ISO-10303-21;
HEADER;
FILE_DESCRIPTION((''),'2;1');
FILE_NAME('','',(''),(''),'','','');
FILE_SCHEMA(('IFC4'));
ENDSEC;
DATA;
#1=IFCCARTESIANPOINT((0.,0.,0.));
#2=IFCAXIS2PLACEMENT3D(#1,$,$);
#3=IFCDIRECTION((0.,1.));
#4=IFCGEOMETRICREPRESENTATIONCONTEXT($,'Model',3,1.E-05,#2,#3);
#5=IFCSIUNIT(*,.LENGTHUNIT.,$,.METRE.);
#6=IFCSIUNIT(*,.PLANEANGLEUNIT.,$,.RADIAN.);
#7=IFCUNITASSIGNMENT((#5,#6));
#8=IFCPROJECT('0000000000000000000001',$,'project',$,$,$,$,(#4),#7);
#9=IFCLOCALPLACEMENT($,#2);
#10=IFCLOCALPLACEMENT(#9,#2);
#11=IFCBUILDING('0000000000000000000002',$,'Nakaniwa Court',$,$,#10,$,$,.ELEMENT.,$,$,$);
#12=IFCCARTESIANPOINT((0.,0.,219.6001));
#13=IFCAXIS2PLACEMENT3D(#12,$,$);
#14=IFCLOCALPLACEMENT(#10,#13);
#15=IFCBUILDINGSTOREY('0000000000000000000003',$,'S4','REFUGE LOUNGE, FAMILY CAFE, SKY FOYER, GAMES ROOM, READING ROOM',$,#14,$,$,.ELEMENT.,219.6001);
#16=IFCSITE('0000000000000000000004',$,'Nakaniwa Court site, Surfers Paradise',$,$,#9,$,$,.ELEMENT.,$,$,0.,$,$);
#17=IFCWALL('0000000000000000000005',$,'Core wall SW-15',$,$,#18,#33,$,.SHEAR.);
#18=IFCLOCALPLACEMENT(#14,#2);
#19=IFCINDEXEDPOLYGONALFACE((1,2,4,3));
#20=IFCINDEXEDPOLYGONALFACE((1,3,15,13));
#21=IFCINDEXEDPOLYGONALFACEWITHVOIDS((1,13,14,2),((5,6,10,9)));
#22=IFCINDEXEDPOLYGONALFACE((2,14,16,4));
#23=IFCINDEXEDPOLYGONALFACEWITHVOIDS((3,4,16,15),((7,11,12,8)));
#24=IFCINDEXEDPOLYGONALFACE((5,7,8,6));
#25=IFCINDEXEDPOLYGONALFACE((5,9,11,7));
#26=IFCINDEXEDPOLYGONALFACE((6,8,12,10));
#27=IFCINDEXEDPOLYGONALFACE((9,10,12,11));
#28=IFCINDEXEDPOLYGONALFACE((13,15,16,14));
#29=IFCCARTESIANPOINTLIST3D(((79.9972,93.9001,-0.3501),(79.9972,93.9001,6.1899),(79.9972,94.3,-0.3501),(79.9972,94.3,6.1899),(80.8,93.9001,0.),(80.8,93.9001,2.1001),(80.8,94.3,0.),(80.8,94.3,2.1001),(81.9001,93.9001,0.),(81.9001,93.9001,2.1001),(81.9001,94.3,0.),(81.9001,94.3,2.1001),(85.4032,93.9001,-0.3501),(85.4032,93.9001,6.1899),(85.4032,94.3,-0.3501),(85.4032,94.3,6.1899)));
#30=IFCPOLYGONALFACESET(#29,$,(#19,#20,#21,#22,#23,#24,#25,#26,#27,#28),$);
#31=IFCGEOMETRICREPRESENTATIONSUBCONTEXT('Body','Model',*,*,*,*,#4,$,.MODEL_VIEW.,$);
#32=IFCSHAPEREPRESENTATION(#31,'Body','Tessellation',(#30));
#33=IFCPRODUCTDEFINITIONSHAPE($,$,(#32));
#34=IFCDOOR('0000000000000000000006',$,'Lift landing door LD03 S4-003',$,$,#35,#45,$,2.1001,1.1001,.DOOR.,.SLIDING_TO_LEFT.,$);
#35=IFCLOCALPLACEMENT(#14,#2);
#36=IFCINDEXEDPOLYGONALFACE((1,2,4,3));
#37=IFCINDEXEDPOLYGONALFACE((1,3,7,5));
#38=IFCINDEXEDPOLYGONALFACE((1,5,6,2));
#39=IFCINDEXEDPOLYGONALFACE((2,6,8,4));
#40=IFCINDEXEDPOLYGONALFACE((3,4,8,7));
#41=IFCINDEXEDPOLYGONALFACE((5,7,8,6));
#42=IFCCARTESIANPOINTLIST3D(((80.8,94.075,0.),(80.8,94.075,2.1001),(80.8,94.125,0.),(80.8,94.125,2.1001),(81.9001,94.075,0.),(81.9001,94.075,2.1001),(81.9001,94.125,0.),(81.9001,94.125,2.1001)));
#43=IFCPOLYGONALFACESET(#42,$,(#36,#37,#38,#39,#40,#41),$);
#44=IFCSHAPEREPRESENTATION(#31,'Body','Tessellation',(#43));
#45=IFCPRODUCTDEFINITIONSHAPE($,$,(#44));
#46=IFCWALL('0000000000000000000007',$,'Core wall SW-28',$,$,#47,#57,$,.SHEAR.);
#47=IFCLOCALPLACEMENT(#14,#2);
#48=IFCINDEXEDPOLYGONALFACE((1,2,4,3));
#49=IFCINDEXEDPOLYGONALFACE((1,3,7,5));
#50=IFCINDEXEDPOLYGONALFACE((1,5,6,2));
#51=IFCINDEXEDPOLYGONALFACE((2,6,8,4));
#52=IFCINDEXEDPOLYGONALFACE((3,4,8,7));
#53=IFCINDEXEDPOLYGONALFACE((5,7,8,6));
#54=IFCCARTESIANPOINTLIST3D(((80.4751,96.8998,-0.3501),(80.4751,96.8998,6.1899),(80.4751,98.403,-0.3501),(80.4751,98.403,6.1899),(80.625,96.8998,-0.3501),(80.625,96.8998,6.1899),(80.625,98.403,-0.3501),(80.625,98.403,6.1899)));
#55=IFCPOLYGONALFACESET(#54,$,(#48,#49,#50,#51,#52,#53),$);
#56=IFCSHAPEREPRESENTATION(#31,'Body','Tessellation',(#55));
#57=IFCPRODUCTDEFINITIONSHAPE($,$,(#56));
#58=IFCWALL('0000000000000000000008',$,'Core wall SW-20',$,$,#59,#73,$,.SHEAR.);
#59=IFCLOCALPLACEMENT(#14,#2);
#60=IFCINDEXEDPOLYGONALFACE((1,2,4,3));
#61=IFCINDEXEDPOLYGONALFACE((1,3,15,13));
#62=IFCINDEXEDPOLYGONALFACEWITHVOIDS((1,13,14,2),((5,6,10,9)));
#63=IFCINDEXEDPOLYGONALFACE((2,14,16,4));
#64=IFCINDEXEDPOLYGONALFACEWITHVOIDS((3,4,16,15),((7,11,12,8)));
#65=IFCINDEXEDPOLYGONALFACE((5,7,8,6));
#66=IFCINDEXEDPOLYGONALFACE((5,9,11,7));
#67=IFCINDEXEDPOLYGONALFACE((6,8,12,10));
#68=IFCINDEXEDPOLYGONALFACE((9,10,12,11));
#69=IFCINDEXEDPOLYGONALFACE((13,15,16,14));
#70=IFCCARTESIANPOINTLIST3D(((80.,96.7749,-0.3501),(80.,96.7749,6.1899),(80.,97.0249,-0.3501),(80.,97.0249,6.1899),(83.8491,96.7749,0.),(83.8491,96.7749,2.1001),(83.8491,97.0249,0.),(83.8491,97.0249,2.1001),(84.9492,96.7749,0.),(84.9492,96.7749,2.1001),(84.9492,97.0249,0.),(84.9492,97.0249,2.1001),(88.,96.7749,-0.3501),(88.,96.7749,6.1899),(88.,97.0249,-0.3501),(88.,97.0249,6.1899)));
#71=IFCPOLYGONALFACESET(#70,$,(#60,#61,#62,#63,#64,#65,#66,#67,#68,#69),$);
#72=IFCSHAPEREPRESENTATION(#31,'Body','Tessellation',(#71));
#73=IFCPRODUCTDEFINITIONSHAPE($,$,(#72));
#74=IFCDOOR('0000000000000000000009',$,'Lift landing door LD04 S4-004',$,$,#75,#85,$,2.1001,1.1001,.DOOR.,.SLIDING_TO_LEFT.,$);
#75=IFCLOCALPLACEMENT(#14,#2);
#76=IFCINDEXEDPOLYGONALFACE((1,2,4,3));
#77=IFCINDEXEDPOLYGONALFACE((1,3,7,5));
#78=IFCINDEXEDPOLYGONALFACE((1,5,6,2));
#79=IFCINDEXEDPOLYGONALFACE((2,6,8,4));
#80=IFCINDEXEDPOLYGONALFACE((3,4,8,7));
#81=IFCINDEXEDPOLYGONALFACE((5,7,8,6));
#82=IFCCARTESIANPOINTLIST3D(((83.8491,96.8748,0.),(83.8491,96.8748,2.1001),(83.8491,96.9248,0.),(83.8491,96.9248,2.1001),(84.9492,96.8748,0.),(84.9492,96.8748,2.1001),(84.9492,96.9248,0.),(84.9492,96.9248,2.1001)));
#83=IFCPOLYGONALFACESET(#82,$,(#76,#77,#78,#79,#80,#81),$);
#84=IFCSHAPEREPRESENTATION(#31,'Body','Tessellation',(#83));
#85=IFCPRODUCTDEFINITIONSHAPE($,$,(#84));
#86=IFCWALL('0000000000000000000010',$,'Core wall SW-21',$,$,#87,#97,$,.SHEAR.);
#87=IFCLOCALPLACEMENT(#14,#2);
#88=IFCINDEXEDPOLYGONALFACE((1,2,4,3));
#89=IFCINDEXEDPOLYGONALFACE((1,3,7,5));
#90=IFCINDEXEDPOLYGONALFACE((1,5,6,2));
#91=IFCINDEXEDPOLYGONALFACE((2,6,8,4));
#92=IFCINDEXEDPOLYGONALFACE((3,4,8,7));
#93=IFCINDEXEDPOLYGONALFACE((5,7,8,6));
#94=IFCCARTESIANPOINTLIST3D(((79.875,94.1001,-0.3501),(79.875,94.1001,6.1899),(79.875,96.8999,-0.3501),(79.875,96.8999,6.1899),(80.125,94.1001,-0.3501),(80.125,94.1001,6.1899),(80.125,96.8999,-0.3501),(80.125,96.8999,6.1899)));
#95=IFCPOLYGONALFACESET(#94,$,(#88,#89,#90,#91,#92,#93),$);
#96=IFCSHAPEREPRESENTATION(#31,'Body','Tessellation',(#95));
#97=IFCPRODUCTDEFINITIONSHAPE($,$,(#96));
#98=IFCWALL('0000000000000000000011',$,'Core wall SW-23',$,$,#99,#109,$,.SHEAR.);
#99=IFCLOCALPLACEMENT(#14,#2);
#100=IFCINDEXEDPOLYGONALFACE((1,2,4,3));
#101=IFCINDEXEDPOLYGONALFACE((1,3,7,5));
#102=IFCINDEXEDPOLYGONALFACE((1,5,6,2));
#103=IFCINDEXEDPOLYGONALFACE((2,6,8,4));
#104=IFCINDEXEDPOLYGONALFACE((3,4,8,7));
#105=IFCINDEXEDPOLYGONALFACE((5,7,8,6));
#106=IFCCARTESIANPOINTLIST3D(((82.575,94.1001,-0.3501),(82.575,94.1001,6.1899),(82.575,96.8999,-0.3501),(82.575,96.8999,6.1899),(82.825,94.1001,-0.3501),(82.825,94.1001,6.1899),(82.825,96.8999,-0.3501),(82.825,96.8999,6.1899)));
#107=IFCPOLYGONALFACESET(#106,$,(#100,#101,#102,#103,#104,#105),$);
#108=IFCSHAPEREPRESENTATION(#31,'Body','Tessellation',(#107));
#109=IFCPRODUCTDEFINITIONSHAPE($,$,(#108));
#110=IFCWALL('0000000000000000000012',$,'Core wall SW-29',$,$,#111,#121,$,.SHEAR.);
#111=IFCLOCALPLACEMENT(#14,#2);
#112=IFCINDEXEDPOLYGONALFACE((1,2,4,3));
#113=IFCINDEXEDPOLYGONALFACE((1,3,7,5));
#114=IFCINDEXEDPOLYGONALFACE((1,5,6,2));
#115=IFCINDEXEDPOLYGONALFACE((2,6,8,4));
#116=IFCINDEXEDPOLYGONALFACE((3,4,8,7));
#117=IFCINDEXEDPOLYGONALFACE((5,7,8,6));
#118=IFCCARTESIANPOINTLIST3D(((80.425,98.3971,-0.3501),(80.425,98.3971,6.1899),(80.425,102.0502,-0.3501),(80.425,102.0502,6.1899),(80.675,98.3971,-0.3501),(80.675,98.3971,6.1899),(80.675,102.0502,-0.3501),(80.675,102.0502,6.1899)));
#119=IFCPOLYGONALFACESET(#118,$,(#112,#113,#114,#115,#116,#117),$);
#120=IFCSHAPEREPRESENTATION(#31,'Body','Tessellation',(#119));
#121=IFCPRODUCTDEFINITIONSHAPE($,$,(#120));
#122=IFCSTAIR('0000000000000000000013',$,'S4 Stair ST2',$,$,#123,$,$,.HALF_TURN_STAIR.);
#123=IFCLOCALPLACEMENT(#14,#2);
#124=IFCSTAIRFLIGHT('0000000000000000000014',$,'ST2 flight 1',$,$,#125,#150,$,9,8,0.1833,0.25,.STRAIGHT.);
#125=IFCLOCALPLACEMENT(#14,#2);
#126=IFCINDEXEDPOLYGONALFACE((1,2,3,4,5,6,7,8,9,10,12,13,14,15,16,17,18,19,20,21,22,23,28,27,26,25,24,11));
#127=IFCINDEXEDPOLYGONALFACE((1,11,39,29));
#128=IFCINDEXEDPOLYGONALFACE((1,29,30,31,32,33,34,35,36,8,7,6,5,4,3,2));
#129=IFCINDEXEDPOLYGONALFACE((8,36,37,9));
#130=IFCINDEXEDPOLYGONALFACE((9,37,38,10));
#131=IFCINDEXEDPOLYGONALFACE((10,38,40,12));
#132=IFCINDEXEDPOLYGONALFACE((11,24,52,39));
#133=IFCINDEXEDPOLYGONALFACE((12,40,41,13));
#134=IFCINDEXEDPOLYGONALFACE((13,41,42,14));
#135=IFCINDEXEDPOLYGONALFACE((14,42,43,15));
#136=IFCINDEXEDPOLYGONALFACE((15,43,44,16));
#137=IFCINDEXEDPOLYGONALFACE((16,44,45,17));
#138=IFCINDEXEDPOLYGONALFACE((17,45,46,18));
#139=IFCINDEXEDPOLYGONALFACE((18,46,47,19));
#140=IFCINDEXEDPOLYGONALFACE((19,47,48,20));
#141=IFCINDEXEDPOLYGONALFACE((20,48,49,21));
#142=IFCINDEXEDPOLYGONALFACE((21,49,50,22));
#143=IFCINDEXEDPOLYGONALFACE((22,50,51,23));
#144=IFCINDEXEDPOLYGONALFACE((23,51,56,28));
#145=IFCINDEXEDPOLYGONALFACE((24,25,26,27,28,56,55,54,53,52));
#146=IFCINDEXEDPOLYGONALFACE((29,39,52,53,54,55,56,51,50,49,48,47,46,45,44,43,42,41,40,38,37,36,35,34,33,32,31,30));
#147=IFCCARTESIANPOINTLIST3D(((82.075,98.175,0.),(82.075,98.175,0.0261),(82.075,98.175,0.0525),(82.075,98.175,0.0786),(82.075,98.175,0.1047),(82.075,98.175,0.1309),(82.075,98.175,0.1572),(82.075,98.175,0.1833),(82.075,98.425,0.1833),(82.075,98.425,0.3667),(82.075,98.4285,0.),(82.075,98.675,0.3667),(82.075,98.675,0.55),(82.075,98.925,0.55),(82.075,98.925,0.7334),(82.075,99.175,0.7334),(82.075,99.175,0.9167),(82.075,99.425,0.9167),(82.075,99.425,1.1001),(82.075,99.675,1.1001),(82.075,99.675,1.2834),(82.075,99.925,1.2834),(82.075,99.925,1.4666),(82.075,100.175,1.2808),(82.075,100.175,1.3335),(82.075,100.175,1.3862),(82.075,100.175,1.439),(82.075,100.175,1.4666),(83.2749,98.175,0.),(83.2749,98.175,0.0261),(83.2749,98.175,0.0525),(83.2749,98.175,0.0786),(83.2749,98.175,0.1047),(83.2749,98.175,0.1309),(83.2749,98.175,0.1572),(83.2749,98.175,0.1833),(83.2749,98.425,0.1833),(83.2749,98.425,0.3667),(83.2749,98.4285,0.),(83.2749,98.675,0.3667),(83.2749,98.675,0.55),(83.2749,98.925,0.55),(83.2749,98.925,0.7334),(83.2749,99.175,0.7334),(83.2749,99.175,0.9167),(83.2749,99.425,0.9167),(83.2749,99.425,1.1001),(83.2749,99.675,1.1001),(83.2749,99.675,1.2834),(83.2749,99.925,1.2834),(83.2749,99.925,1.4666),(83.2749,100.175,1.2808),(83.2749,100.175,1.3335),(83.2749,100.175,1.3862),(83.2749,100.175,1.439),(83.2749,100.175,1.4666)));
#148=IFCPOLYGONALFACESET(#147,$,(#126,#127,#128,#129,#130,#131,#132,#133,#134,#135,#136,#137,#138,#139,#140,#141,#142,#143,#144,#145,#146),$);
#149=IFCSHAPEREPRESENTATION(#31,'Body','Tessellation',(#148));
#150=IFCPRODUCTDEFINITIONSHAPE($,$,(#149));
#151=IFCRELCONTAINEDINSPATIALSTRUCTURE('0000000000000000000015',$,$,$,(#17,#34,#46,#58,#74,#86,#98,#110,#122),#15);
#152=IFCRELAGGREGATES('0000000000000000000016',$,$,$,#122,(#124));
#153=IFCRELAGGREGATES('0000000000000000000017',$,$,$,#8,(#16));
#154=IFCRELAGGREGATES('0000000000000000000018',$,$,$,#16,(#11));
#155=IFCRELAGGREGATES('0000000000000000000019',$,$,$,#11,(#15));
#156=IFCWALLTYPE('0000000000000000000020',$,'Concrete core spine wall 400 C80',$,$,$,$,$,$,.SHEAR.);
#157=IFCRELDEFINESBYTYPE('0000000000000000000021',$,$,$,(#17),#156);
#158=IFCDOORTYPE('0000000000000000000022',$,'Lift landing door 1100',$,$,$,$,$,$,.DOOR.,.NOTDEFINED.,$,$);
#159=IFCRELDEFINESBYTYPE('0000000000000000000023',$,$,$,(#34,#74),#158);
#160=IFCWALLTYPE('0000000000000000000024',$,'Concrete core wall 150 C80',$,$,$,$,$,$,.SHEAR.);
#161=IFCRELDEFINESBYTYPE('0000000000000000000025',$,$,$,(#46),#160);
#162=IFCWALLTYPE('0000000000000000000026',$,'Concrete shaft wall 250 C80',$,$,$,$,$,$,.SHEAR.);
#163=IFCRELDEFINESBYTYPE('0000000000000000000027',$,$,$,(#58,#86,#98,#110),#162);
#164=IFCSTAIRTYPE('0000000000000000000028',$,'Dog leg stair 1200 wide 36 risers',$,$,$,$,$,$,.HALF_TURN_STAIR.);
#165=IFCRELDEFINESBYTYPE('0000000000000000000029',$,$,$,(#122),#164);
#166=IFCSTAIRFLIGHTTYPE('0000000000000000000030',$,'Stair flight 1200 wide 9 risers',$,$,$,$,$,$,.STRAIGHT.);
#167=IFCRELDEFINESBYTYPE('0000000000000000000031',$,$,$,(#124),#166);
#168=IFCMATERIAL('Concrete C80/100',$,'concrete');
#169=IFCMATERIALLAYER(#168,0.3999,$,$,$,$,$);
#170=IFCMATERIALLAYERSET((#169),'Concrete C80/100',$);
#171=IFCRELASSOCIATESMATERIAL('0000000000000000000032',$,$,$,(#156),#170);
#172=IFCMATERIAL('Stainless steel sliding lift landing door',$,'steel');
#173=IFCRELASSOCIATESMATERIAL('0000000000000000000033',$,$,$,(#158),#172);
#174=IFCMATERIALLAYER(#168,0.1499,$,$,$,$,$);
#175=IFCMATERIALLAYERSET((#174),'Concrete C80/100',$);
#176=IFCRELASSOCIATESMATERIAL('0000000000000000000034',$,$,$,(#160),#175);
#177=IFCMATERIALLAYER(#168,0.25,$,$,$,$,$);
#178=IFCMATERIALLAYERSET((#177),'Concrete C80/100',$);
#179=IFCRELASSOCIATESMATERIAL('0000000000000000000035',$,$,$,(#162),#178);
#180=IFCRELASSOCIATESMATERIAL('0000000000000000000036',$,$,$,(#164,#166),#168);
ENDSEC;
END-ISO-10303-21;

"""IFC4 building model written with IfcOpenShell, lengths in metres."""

from ifc_helpers import new_model, si_unit, direction, frame, frame_2d, origin, place, context, subcontext, project, spatial, polyline, rectangle, outline, extrude, material, layer, layer_set, type_object, element, fill, aggregate, save


model = new_model("IFC4")

# Units and contexts
model_context = context("Model", 3, precision=1e-05, world=origin(), true_north=direction((0.0, 1.0)))
body_context = subcontext(model_context, "Body", "Model", "MODEL_VIEW")
ifc_project = project(units=[si_unit("LENGTHUNIT", "METRE"), si_unit("PLANEANGLEUNIT", "RADIAN")], contexts=[model_context])

# Site, building, storey
site_placement = place(None, origin())
site = spatial("IfcSite", under=ifc_project, at=site_placement, Name="Nakaniwa Court site, Surfers Paradise", CompositionType="ELEMENT", RefElevation=0.0)
building_placement = place(site_placement, origin())
building = spatial("IfcBuilding", under=site, at=building_placement, Name="Nakaniwa Court", CompositionType="ELEMENT")
storey_placement = place(building_placement, frame((0.0, 0.0, 219.6001)))
storey = spatial("IfcBuildingStorey", under=building, at=storey_placement, Name="S4", Description="REFUGE LOUNGE, FAMILY CAFE, SKY FOYER, GAMES ROOM, READING ROOM", CompositionType="ELEMENT", Elevation=219.6001)

# Wall, opening, door
ifc_material_1 = material(Name="Concrete C80/100", Category="concrete")
ifc_layer_1 = layer(ifc_material_1, 0.3999)
ifc_layer_set_1 = layer_set([ifc_layer_1], Name="Concrete C80/100")
wall_type_1 = type_object("IfcWallType", Name="Concrete core spine wall 400 C80", PredefinedType="SHEAR", material=ifc_layer_set_1)
wall_1_placement = place(storey_placement, frame((79.9971, 94.1001, -0.3501), z_axis=(0.0, 0.0, 1.0), x_axis=(1.0, 0.0, 0.0)))
wall_1 = element("IfcWall", 1, at=wall_1_placement, inside=storey, type_object=wall_type_1, Name="Core wall SW-15", PredefinedType="SHEAR", context=body_context, shape_type="SweptSolid", body=[
    extrude(rectangle(XDim=5.406, YDim=0.3999, at=frame_2d((2.7031, 0.0))), origin(), (0.0, 0.0, 1.0), 6.54),
])
opening_1_placement = place(wall_1_placement, frame((0.803, 0.0, 0.3501)))
opening_1 = element("IfcOpeningElement", 2, at=opening_1_placement, cuts=wall_1, PredefinedType="OPENING", context=body_context, shape_type="SweptSolid", body=[
    extrude(rectangle(XDim=1.1001, YDim=2.1001, at=frame_2d((0.55, 1.05))), frame((0.0, 0.21, 0.0), z_axis=(0.0, -1.0, 0.0), x_axis=(1.0, 0.0, 0.0)), (0.0, 0.0, 1.0), 0.4199),
])
ifc_material_2 = material(Name="Stainless steel sliding lift landing door", Category="steel")
door_type = type_object("IfcDoorType", Name="Lift landing door 1100", OperationType="NOTDEFINED", PredefinedType="DOOR", material=ifc_material_2)
door_1_placement = place(opening_1_placement, origin())
door_1 = element("IfcDoor", 3, at=door_1_placement, inside=storey, type_object=door_type, Name="Lift landing door LD03 S4-003", OperationType="SLIDING_TO_LEFT", OverallHeight=2.1001, OverallWidth=1.1001, PredefinedType="DOOR", context=body_context, shape_type="SweptSolid", body=[
    extrude(rectangle(XDim=1.1001, YDim=2.1001, at=frame_2d((0.55, 1.05))), frame((0.0, 0.0249, 0.0), z_axis=(0.0, -1.0, 0.0), x_axis=(1.0, 0.0, 0.0)), (0.0, 0.0, 1.0), 0.05),
])
fill(opening_1, door_1)

# Wall
ifc_layer_2 = layer(ifc_material_1, 0.1499)
ifc_layer_set_2 = layer_set([ifc_layer_2], Name="Concrete C80/100")
wall_type_2 = type_object("IfcWallType", Name="Concrete core wall 150 C80", PredefinedType="SHEAR", material=ifc_layer_set_2)
wall_2_placement = place(storey_placement, frame((80.55, 96.8999, -0.3501), z_axis=(0.0, 0.0, 1.0), x_axis=(0.0, 1.0, 0.0)))
element("IfcWall", 4, at=wall_2_placement, inside=storey, type_object=wall_type_2, Name="Core wall SW-28", PredefinedType="SHEAR", context=body_context, shape_type="SweptSolid", body=[
    extrude(rectangle(XDim=1.5032, YDim=0.1499, at=frame_2d((0.7515, 0.0))), origin(), (0.0, 0.0, 1.0), 6.54),
])

# Wall, opening, door
ifc_layer_3 = layer(ifc_material_1, 0.25)
ifc_layer_set_3 = layer_set([ifc_layer_3], Name="Concrete C80/100")
wall_type_3 = type_object("IfcWallType", Name="Concrete shaft wall 250 C80", PredefinedType="SHEAR", material=ifc_layer_set_3)
wall_3_placement = place(storey_placement, frame((80.0, 96.8999, -0.3501), z_axis=(0.0, 0.0, 1.0), x_axis=(1.0, 0.0, 0.0)))
wall_3 = element("IfcWall", 5, at=wall_3_placement, inside=storey, type_object=wall_type_3, Name="Core wall SW-20", PredefinedType="SHEAR", context=body_context, shape_type="SweptSolid", body=[
    extrude(rectangle(XDim=8.0, YDim=0.25, at=frame_2d((4.0, 0.0))), origin(), (0.0, 0.0, 1.0), 6.54),
])
opening_2_placement = place(wall_3_placement, frame((3.8491, 0.0, 0.3501)))
opening_2 = element("IfcOpeningElement", 6, at=opening_2_placement, cuts=wall_3, PredefinedType="OPENING", context=body_context, shape_type="SweptSolid", body=[
    extrude(rectangle(XDim=1.1001, YDim=2.1001, at=frame_2d((0.55, 1.05))), frame((0.0, 0.135, 0.0), z_axis=(0.0, -1.0, 0.0), x_axis=(1.0, 0.0, 0.0)), (0.0, 0.0, 1.0), 0.27),
])
door_2_placement = place(opening_2_placement, origin())
door_2 = element("IfcDoor", 7, at=door_2_placement, inside=storey, type_object=door_type, Name="Lift landing door LD04 S4-004", OperationType="SLIDING_TO_LEFT", OverallHeight=2.1001, OverallWidth=1.1001, PredefinedType="DOOR", context=body_context, shape_type="SweptSolid", body=[
    extrude(rectangle(XDim=1.1001, YDim=2.1001, at=frame_2d((0.55, 1.05))), frame((0.0, 0.0249, 0.0), z_axis=(0.0, -1.0, 0.0), x_axis=(1.0, 0.0, 0.0)), (0.0, 0.0, 1.0), 0.05),
])
fill(opening_2, door_2)

# Walls
for number, where, z_axis, x_axis, name in (
    (8, (80.0, 94.1001, -0.3501), (0.0, 0.0, 1.0), (0.0, 1.0, 0.0), "Core wall SW-21"),
    (9, (82.7, 94.1001, -0.3501), (0.0, 0.0, 1.0), (0.0, 1.0, 0.0), "Core wall SW-23"),
):
    element("IfcWall", number, at=place(storey_placement, frame(where, z_axis=z_axis, x_axis=x_axis)), inside=storey, type_object=wall_type_3, Name=name, PredefinedType="SHEAR", context=body_context, shape_type="SweptSolid", body=[
        extrude(rectangle(XDim=2.7998, YDim=0.25, at=frame_2d((1.3999, 0.0))), origin(), (0.0, 0.0, 1.0), 6.54),
    ])
wall_4_placement = place(storey_placement, frame((80.55, 98.397, -0.3501), z_axis=(0.0, 0.0, 1.0), x_axis=(0.0, 1.0, 0.0)))
element("IfcWall", 10, at=wall_4_placement, inside=storey, type_object=wall_type_3, Name="Core wall SW-29", PredefinedType="SHEAR", context=body_context, shape_type="SweptSolid", body=[
    extrude(rectangle(XDim=3.6531, YDim=0.25, at=frame_2d((1.8267, 0.0))), origin(), (0.0, 0.0, 1.0), 6.54),
])

# Stair, stair flight
stair_type = type_object("IfcStairType", Name="Dog leg stair 1200 wide 36 risers", PredefinedType="HALF_TURN_STAIR", material=ifc_material_1)
stair_placement = place(storey_placement, origin())
stair = element("IfcStair", 11, at=stair_placement, inside=storey, type_object=stair_type, Name="S4 Stair ST2", PredefinedType="HALF_TURN_STAIR")
stair_flight_type = type_object("IfcStairFlightType", Name="Stair flight 1200 wide 9 risers", PredefinedType="STRAIGHT", material=ifc_material_1)
stair_flight_1_placement = place(storey_placement, frame((82.675, 98.175, 0.0), z_axis=(0.0, 0.0, 1.0), x_axis=(0.0, 1.0, 0.0)))
stair_flight_1 = element("IfcStairFlight", 12, at=stair_flight_1_placement, type_object=stair_flight_type, Name="ST2 flight 1", NumberOfRisers=9, NumberOfTreads=8, PredefinedType="STRAIGHT", RiserHeight=0.1833, TreadLength=0.25, context=body_context, shape_type="SweptSolid", body=[
    extrude(outline(polyline([(0.0, 0.0), (0.0, 0.0261), (0.0, 0.0525), (0.0, 0.0786), (0.0, 0.1047), (0.0, 0.1309), (0.0, 0.1572), (0.0, 0.1833), (0.25, 0.1833), (0.25, 0.3667), (0.5, 0.3667), (0.5, 0.55), (0.75, 0.55), (0.75, 0.7334), (1.0, 0.7334), (1.0, 0.9167), (1.25, 0.9167), (1.25, 1.1001), (1.5, 1.1001), (1.5, 1.2834), (1.75, 1.2834), (1.75, 1.4666), (2.0, 1.4666), (2.0, 1.6499), (2.0, 1.5972), (2.0, 1.5444), (2.0, 1.4917), (2.0, 1.439), (2.0, 1.3862), (2.0, 1.3335), (2.0, 1.2808), (0.2534, 0.0), (0.0, 0.0)])), frame((0.0, 0.6001, 0.0), z_axis=(0.0, -1.0, 0.0), x_axis=(1.0, 0.0, 0.0)), (0.0, 0.0, 1.0), 1.2),
])
aggregate(stair, [stair_flight_1])

save(model, "model.ifc")
